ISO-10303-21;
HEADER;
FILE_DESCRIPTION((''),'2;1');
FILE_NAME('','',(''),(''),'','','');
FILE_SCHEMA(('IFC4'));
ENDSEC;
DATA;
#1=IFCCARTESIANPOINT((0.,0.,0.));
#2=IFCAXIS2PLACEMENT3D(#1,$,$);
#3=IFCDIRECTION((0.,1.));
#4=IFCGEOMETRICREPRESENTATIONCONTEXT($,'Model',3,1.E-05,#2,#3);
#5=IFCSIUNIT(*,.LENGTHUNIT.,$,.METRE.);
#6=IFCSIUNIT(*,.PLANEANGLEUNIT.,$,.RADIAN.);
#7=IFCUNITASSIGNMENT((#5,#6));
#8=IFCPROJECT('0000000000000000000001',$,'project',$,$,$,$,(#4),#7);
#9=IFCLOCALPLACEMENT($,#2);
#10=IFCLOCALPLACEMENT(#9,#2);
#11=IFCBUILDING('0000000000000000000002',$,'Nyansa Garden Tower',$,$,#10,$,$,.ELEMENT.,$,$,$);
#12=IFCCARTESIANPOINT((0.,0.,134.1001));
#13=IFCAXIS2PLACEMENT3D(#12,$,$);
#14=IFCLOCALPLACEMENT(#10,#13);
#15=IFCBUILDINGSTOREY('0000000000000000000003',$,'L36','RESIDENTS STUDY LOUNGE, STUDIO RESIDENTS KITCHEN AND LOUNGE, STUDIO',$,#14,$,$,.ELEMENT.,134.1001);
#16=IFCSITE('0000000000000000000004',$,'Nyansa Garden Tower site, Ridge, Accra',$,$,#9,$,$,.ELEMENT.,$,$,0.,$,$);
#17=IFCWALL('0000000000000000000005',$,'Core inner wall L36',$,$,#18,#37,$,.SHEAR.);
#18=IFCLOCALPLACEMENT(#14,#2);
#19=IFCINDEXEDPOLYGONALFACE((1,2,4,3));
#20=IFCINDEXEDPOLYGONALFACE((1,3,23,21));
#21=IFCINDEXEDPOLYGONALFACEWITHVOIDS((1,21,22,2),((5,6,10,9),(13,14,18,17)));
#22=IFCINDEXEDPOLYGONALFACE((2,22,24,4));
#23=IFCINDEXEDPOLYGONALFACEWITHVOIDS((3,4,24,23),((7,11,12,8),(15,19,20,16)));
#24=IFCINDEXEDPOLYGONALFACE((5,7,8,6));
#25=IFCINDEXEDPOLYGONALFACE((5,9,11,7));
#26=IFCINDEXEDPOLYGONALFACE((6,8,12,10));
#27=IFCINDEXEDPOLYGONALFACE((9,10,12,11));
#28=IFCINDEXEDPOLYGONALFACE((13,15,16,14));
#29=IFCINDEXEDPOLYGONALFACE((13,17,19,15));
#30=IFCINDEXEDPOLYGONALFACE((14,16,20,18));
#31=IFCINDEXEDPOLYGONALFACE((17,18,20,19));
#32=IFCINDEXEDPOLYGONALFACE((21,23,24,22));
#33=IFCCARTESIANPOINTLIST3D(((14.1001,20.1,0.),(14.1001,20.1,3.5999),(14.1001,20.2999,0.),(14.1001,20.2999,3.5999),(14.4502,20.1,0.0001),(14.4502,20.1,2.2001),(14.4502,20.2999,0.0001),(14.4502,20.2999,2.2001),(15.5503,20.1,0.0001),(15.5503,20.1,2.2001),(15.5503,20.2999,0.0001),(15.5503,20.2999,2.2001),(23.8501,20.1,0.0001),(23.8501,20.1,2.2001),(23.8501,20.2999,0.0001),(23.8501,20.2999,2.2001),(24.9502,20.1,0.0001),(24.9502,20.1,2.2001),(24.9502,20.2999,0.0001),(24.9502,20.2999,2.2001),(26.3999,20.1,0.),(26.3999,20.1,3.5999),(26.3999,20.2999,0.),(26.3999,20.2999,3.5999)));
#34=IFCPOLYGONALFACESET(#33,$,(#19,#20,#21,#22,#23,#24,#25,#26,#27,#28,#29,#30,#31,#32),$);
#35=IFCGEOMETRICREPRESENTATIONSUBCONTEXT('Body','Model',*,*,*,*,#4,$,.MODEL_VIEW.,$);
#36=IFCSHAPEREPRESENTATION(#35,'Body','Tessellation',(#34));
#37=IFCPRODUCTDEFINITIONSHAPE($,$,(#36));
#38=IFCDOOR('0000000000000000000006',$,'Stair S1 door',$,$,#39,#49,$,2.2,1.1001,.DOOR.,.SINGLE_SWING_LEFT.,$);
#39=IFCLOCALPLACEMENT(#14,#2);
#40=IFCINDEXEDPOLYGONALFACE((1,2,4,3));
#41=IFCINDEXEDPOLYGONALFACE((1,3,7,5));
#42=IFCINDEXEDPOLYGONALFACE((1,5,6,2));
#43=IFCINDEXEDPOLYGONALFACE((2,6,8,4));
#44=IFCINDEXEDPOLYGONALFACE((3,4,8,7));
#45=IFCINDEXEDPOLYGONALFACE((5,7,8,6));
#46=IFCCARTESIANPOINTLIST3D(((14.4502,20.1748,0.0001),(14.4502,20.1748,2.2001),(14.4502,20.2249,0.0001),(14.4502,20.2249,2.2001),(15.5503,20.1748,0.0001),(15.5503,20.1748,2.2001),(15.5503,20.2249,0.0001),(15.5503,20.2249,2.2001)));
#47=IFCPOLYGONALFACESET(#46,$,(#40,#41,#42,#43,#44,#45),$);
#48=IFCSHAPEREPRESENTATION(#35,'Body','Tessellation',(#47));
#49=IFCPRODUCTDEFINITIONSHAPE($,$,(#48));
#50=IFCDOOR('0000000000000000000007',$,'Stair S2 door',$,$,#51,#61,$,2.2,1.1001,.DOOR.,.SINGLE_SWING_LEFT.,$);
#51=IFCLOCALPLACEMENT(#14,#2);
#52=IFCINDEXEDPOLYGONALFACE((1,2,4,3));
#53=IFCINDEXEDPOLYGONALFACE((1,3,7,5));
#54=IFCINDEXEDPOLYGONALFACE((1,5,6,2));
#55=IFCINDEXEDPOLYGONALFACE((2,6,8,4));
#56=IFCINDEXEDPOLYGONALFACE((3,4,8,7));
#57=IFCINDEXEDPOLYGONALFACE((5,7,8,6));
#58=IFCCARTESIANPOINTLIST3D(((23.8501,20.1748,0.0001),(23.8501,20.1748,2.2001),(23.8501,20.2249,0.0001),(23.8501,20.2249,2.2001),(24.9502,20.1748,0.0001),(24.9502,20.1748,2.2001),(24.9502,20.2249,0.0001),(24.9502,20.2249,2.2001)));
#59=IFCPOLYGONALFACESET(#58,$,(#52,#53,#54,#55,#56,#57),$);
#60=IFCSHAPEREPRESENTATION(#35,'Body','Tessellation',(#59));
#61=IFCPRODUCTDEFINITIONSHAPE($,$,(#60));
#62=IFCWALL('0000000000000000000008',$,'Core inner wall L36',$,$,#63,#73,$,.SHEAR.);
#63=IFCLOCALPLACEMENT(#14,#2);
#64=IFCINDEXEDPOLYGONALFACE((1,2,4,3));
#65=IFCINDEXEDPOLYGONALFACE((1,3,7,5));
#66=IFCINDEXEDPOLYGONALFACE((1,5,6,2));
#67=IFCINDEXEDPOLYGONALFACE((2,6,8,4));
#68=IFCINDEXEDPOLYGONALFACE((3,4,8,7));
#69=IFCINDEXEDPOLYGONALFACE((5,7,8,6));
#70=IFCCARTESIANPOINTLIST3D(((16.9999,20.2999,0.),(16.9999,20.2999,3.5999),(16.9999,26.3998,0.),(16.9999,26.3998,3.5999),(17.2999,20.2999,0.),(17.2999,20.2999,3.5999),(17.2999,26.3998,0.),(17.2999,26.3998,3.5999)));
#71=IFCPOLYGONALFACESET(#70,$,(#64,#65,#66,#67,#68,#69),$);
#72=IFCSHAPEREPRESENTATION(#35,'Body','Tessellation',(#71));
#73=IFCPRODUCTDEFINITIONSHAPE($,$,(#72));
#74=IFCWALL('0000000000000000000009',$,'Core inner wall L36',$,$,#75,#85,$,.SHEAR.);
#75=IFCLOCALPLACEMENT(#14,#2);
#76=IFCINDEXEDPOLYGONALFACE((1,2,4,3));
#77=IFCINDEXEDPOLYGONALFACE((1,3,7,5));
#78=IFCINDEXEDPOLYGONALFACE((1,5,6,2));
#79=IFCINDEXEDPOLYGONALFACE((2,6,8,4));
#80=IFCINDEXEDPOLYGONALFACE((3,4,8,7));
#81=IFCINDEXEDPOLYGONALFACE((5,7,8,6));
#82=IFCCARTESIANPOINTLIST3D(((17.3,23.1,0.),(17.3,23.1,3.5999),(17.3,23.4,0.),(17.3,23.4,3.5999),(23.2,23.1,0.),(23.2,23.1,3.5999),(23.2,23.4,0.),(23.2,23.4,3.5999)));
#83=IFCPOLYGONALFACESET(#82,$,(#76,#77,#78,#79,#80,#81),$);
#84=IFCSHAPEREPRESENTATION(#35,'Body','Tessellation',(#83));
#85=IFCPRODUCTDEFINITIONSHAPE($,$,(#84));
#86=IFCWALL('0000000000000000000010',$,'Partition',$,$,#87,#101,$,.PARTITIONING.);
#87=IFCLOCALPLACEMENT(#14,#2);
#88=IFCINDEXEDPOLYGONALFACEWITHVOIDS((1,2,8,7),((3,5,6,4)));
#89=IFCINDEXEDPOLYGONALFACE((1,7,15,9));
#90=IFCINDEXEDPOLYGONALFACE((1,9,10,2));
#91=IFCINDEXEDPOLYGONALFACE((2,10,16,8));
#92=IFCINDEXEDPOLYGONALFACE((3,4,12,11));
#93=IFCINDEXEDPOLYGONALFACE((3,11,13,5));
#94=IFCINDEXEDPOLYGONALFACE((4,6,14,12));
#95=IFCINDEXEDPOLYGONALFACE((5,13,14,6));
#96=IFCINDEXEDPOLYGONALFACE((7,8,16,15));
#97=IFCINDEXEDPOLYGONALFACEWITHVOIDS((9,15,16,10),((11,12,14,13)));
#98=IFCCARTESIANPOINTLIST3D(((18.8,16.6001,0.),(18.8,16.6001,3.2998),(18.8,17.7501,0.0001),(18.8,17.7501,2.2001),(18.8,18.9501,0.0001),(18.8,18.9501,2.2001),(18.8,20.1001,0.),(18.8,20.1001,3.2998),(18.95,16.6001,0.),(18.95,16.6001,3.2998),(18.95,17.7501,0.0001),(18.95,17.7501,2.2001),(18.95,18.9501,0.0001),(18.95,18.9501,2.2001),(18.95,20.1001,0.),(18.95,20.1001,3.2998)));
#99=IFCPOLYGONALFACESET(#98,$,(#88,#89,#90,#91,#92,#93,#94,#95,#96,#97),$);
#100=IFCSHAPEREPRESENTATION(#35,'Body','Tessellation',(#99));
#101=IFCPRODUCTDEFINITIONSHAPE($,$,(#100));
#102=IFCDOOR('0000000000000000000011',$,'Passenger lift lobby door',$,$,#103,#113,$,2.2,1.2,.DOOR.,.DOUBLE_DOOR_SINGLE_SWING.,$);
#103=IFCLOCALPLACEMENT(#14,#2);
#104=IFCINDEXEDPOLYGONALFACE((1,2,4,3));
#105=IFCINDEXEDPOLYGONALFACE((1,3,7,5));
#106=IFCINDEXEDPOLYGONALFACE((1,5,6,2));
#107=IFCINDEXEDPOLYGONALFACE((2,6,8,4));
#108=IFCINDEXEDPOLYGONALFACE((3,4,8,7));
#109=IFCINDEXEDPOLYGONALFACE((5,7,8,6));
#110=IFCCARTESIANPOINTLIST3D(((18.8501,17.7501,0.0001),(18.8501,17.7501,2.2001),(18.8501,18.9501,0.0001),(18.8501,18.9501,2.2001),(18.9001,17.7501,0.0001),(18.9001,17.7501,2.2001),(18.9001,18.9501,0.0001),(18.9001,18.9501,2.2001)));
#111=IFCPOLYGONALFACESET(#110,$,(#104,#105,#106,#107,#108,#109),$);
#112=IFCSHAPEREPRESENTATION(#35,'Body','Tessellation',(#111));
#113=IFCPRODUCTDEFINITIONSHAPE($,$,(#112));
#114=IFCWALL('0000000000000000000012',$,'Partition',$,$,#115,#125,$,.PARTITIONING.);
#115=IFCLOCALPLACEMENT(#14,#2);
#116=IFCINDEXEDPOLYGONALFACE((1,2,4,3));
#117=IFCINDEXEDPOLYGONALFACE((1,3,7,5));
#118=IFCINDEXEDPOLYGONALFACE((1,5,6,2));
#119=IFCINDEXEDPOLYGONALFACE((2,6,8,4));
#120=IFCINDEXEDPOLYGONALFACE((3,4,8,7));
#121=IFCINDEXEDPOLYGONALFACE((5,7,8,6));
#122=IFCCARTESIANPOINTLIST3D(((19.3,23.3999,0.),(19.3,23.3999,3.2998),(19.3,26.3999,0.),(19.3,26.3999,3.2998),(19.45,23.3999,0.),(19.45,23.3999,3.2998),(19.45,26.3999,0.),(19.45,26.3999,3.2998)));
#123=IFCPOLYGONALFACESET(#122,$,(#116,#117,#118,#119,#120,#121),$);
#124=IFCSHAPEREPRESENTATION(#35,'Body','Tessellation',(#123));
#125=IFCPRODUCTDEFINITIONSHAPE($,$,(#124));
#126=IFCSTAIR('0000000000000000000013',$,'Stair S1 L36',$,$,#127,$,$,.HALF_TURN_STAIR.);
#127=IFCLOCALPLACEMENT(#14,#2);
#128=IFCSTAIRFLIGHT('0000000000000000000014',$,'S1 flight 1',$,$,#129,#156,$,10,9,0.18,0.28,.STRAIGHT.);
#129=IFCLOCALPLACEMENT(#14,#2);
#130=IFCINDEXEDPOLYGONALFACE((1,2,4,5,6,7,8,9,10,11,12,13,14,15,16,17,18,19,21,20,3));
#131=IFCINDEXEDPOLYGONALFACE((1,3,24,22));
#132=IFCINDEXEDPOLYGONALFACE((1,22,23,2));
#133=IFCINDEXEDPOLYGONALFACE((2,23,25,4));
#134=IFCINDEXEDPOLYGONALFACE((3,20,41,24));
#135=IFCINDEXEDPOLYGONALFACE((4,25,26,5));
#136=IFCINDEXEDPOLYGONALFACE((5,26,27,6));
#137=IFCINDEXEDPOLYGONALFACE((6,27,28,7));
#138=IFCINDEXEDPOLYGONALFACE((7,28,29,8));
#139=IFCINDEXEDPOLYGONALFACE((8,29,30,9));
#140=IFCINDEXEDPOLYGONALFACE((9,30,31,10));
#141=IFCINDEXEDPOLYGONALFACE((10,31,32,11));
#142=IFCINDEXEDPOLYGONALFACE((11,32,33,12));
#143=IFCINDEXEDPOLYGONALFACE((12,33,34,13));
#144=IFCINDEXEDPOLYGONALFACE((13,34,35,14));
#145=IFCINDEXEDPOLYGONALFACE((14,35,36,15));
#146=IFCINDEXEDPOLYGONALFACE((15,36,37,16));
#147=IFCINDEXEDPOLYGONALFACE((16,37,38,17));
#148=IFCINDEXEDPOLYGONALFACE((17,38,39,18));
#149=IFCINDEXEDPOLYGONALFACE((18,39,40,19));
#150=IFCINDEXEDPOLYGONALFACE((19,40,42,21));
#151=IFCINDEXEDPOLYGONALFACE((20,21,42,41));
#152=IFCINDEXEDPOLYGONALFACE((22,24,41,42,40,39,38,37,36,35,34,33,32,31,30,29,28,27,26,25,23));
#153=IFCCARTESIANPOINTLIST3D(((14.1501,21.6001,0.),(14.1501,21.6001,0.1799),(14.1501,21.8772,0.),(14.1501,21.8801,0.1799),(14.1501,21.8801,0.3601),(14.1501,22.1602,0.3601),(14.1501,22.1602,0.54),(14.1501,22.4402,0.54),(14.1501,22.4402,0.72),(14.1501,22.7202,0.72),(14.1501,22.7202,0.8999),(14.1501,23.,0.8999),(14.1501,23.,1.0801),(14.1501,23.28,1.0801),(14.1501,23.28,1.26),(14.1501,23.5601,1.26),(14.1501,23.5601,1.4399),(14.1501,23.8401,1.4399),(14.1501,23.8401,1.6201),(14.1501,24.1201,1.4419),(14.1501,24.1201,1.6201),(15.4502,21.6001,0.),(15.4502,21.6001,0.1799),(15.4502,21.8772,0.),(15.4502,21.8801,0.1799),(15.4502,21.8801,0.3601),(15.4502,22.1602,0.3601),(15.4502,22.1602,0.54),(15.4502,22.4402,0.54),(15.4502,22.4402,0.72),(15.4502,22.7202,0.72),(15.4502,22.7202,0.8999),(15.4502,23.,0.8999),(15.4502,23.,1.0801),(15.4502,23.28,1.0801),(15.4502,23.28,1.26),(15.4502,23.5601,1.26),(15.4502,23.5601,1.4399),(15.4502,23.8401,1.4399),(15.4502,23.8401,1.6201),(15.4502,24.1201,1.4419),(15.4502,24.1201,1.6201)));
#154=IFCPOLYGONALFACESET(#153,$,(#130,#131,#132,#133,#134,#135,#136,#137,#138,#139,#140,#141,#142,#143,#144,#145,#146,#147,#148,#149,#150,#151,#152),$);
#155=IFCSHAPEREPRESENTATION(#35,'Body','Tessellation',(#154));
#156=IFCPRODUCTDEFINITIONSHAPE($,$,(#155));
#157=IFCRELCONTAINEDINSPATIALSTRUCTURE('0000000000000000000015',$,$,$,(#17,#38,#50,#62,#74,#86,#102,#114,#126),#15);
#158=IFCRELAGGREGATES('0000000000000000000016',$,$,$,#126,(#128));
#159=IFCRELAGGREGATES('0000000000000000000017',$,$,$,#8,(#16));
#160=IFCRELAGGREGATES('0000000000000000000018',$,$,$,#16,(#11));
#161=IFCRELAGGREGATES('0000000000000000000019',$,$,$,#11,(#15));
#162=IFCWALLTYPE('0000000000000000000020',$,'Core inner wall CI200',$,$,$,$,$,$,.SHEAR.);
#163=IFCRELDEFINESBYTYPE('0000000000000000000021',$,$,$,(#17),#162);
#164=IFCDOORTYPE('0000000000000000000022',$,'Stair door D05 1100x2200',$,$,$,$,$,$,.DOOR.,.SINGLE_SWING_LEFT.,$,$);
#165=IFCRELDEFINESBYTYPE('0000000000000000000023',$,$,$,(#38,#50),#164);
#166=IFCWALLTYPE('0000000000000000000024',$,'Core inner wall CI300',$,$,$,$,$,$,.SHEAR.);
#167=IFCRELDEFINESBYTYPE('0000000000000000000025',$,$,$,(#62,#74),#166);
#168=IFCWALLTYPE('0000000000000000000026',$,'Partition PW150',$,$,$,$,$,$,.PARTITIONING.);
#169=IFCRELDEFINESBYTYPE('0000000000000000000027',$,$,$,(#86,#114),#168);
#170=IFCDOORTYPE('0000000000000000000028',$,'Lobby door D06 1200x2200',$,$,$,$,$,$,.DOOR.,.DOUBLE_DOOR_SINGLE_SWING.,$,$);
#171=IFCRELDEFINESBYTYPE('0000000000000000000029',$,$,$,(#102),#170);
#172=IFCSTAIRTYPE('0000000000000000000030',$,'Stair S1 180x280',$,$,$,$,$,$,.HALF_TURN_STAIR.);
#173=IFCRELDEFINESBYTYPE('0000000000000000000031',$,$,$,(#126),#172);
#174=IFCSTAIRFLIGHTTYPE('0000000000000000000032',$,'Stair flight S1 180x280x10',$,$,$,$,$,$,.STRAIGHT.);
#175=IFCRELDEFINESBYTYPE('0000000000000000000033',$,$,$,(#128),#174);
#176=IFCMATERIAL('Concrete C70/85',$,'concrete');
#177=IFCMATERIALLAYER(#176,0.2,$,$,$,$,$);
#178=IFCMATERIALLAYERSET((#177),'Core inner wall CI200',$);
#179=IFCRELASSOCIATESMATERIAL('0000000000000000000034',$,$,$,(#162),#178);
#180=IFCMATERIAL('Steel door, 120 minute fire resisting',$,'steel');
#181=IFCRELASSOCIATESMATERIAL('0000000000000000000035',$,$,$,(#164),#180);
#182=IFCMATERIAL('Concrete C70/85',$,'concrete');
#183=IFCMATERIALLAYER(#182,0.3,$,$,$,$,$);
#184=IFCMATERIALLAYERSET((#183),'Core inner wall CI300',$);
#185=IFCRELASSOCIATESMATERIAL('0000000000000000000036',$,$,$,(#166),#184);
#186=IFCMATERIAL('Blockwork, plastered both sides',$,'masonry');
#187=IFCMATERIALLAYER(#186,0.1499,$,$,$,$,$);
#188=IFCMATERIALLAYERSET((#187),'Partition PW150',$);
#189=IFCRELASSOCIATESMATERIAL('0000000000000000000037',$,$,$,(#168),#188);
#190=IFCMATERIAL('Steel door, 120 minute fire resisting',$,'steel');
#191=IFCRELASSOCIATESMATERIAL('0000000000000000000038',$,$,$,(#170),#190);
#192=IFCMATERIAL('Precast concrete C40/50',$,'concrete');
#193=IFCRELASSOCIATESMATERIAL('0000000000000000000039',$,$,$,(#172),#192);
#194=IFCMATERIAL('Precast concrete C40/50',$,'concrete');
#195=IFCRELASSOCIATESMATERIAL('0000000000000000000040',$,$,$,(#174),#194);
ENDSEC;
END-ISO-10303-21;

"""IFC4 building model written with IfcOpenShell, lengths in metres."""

from ifc_helpers import new_model, si_unit, direction, frame, frame_2d, origin, place, context, subcontext, project, spatial, polyline, rectangle, outline, extrude, material, layer, layer_set, type_object, element, fill, aggregate, save


model = new_model("IFC4")

# Units and contexts
model_context = context("Model", 3, precision=1e-05, world=origin(), true_north=direction((0.0, 1.0)))
body_context = subcontext(model_context, "Body", "Model", "MODEL_VIEW")
ifc_project = project(units=[si_unit("LENGTHUNIT", "METRE"), si_unit("PLANEANGLEUNIT", "RADIAN")], contexts=[model_context])

# Site, building, storey
site_placement = place(None, origin())
site = spatial("IfcSite", under=ifc_project, at=site_placement, Name="Nyansa Garden Tower site, Ridge, Accra", CompositionType="ELEMENT", RefElevation=0.0)
building_placement = place(site_placement, origin())
building = spatial("IfcBuilding", under=site, at=building_placement, Name="Nyansa Garden Tower", CompositionType="ELEMENT")
storey_placement = place(building_placement, frame((0.0, 0.0, 134.1001)))
storey = spatial("IfcBuildingStorey", under=building, at=storey_placement, Name="L36", Description="RESIDENTS STUDY LOUNGE, STUDIO RESIDENTS KITCHEN AND LOUNGE, STUDIO", CompositionType="ELEMENT", Elevation=134.1001)

# Wall, openings, doors
ifc_material_1 = material(Name="Concrete C70/85", Category="concrete")
ifc_layer_1 = layer(ifc_material_1, 0.2)
ifc_layer_set_1 = layer_set([ifc_layer_1], Name="Core inner wall CI200")
wall_type_1 = type_object("IfcWallType", Name="Core inner wall CI200", PredefinedType="SHEAR", material=ifc_layer_set_1)
wall_1_placement = place(storey_placement, frame((14.1001, 20.2, 0.0), z_axis=(0.0, 0.0, 1.0), x_axis=(1.0, 0.0, 0.0)))
wall_1 = element("IfcWall", 1, at=wall_1_placement, inside=storey, type_object=wall_type_1, Name="Core inner wall L36", PredefinedType="SHEAR", context=body_context, shape_type="SweptSolid", body=[
    extrude(rectangle(XDim=12.2998, YDim=0.2, at=frame_2d((6.1499, 0.0))), origin(), (0.0, 0.0, 1.0), 3.5999),
])
opening_1_placement = place(wall_1_placement, frame((0.3501, 0.0, 0.0)))
opening_1 = element("IfcOpeningElement", 2, at=opening_1_placement, cuts=wall_1, PredefinedType="OPENING", context=body_context, shape_type="SweptSolid", body=[
    extrude(rectangle(XDim=1.1001, YDim=2.2, at=frame_2d((0.55, 1.1001))), frame((0.0, 0.1099, 0.0), z_axis=(0.0, -1.0, 0.0), x_axis=(1.0, 0.0, 0.0)), (0.0, 0.0, 1.0), 0.22),
])
opening_2_placement = place(wall_1_placement, frame((9.75, 0.0, 0.0)))
opening_2 = element("IfcOpeningElement", 3, at=opening_2_placement, cuts=wall_1, PredefinedType="OPENING", context=body_context, shape_type="SweptSolid", body=[
    extrude(rectangle(XDim=1.1001, YDim=2.2, at=frame_2d((0.55, 1.1001))), frame((0.0, 0.1099, 0.0), z_axis=(0.0, -1.0, 0.0), x_axis=(1.0, 0.0, 0.0)), (0.0, 0.0, 1.0), 0.22),
])
ifc_material_2 = material(Name="Steel door, 120 minute fire resisting", Category="steel")
door_type_1 = type_object("IfcDoorType", Name="Stair door D05 1100x2200", OperationType="SINGLE_SWING_LEFT", PredefinedType="DOOR", material=ifc_material_2)
door_1_placement = place(opening_1_placement, origin())
door_1 = element("IfcDoor", 4, at=door_1_placement, inside=storey, type_object=door_type_1, Name="Stair S1 door", OperationType="SINGLE_SWING_LEFT", OverallHeight=2.2, OverallWidth=1.1001, PredefinedType="DOOR", context=body_context, shape_type="SweptSolid", body=[
    extrude(rectangle(XDim=1.1001, YDim=2.2, at=frame_2d((0.55, 1.1001))), frame((0.0, 0.0249, 0.0), z_axis=(0.0, -1.0, 0.0), x_axis=(1.0, 0.0, 0.0)), (0.0, 0.0, 1.0), 0.05),
])
fill(opening_1, door_1)
door_2_placement = place(opening_2_placement, origin())
door_2 = element("IfcDoor", 5, at=door_2_placement, inside=storey, type_object=door_type_1, Name="Stair S2 door", OperationType="SINGLE_SWING_LEFT", OverallHeight=2.2, OverallWidth=1.1001, PredefinedType="DOOR", context=body_context, shape_type="SweptSolid", body=[
    extrude(rectangle(XDim=1.1001, YDim=2.2, at=frame_2d((0.55, 1.1001))), frame((0.0, 0.0249, 0.0), z_axis=(0.0, -1.0, 0.0), x_axis=(1.0, 0.0, 0.0)), (0.0, 0.0, 1.0), 0.05),
])
fill(opening_2, door_2)

# Walls
ifc_material_3 = material(Name="Concrete C70/85", Category="concrete")
ifc_layer_2 = layer(ifc_material_3, 0.3)
ifc_layer_set_2 = layer_set([ifc_layer_2], Name="Core inner wall CI300")
wall_type_2 = type_object("IfcWallType", Name="Core inner wall CI300", PredefinedType="SHEAR", material=ifc_layer_set_2)
wall_2_placement = place(storey_placement, frame((17.1499, 20.3, 0.0), z_axis=(0.0, 0.0, 1.0), x_axis=(0.0, 1.0, 0.0)))
element("IfcWall", 6, at=wall_2_placement, inside=storey, type_object=wall_type_2, Name="Core inner wall L36", PredefinedType="SHEAR", context=body_context, shape_type="SweptSolid", body=[
    extrude(rectangle(XDim=6.0999, YDim=0.3, at=frame_2d((3.0498, 0.0))), origin(), (0.0, 0.0, 1.0), 3.5999),
])
wall_3_placement = place(storey_placement, frame((17.3, 23.25, 0.0), z_axis=(0.0, 0.0, 1.0), x_axis=(1.0, 0.0, 0.0)))
element("IfcWall", 7, at=wall_3_placement, inside=storey, type_object=wall_type_2, Name="Core inner wall L36", PredefinedType="SHEAR", context=body_context, shape_type="SweptSolid", body=[
    extrude(rectangle(XDim=5.8999, YDim=0.3, at=frame_2d((2.95, 0.0))), origin(), (0.0, 0.0, 1.0), 3.5999),
])

# Wall, opening, door
ifc_material_4 = material(Name="Blockwork, plastered both sides", Category="masonry")
ifc_layer_3 = layer(ifc_material_4, 0.1499)
ifc_layer_set_3 = layer_set([ifc_layer_3], Name="Partition PW150")
wall_type_3 = type_object("IfcWallType", Name="Partition PW150", PredefinedType="PARTITIONING", material=ifc_layer_set_3)
wall_4_placement = place(storey_placement, frame((18.875, 16.6001, 0.0), z_axis=(0.0, 0.0, 1.0), x_axis=(0.0, 1.0, 0.0)))
wall_4 = element("IfcWall", 8, at=wall_4_placement, inside=storey, type_object=wall_type_3, Name="Partition", PredefinedType="PARTITIONING", context=body_context, shape_type="SweptSolid", body=[
    extrude(rectangle(XDim=3.5, YDim=0.1499, at=frame_2d((1.75, 0.0))), origin(), (0.0, 0.0, 1.0), 3.2998),
])
opening_3_placement = place(wall_4_placement, frame((1.1499, 0.0, 0.0)))
opening_3 = element("IfcOpeningElement", 9, at=opening_3_placement, cuts=wall_4, PredefinedType="OPENING", context=body_context, shape_type="SweptSolid", body=[
    extrude(rectangle(XDim=1.2, YDim=2.2, at=frame_2d((0.6001, 1.1001))), frame((0.0, 0.085, 0.0), z_axis=(0.0, -1.0, 0.0), x_axis=(1.0, 0.0, 0.0)), (0.0, 0.0, 1.0), 0.1699),
])
ifc_material_5 = material(Name="Steel door, 120 minute fire resisting", Category="steel")
door_type_2 = type_object("IfcDoorType", Name="Lobby door D06 1200x2200", OperationType="DOUBLE_DOOR_SINGLE_SWING", PredefinedType="DOOR", material=ifc_material_5)
door_3_placement = place(opening_3_placement, origin())
door_3 = element("IfcDoor", 10, at=door_3_placement, inside=storey, type_object=door_type_2, Name="Passenger lift lobby door", OperationType="DOUBLE_DOOR_SINGLE_SWING", OverallHeight=2.2, OverallWidth=1.2, PredefinedType="DOOR", context=body_context, shape_type="SweptSolid", body=[
    extrude(rectangle(XDim=1.2, YDim=2.2, at=frame_2d((0.6001, 1.1001))), frame((0.0, 0.0249, 0.0), z_axis=(0.0, -1.0, 0.0), x_axis=(1.0, 0.0, 0.0)), (0.0, 0.0, 1.0), 0.05),
])
fill(opening_3, door_3)

# Wall
wall_5_placement = place(storey_placement, frame((19.375, 23.3999, 0.0), z_axis=(0.0, 0.0, 1.0), x_axis=(0.0, 1.0, 0.0)))
element("IfcWall", 11, at=wall_5_placement, inside=storey, type_object=wall_type_3, Name="Partition", PredefinedType="PARTITIONING", context=body_context, shape_type="SweptSolid", body=[
    extrude(rectangle(XDim=3.0, YDim=0.1499, at=frame_2d((1.5, 0.0))), origin(), (0.0, 0.0, 1.0), 3.2998),
])

# Stair, stair flight
ifc_material_6 = material(Name="Precast concrete C40/50", Category="concrete")
stair_type = type_object("IfcStairType", Name="Stair S1 180x280", PredefinedType="HALF_TURN_STAIR", material=ifc_material_6)
stair_placement = place(storey_placement, origin())
stair = element("IfcStair", 12, at=stair_placement, inside=storey, type_object=stair_type, Name="Stair S1 L36", PredefinedType="HALF_TURN_STAIR")
ifc_material_7 = material(Name="Precast concrete C40/50", Category="concrete")
stair_flight_type = type_object("IfcStairFlightType", Name="Stair flight S1 180x280x10", PredefinedType="STRAIGHT", material=ifc_material_7)
stair_flight_1_placement = place(storey_placement, frame((14.8, 21.6001, 0.0), z_axis=(0.0, 0.0, 1.0), x_axis=(0.0, 1.0, 0.0)))
stair_flight_1 = element("IfcStairFlight", 13, at=stair_flight_1_placement, type_object=stair_flight_type, Name="S1 flight 1", NumberOfRisers=10, NumberOfTreads=9, PredefinedType="STRAIGHT", RiserHeight=0.18, TreadLength=0.28, context=body_context, shape_type="SweptSolid", body=[
    extrude(outline(polyline([(0.0, 0.0), (0.0, 0.1799), (0.28, 0.1799), (0.28, 0.3601), (0.5601, 0.3601), (0.5601, 0.54), (0.8401, 0.54), (0.8401, 0.72), (1.1201, 0.72), (1.1201, 0.8999), (1.3999, 0.8999), (1.3999, 1.0801), (1.6799, 1.0801), (1.6799, 1.26), (1.96, 1.26), (1.96, 1.4399), (2.24, 1.4399), (2.24, 1.6201), (2.52, 1.6201), (2.52, 1.8), (2.52, 1.4419), (0.2771, 0.0), (0.0, 0.0)])), frame((0.0, 0.6499, 0.0), z_axis=(0.0, -1.0, 0.0), x_axis=(1.0, 0.0, 0.0)), (0.0, 0.0, 1.0), 1.3),
])
aggregate(stair, [stair_flight_1])

save(model, "model.ifc")
